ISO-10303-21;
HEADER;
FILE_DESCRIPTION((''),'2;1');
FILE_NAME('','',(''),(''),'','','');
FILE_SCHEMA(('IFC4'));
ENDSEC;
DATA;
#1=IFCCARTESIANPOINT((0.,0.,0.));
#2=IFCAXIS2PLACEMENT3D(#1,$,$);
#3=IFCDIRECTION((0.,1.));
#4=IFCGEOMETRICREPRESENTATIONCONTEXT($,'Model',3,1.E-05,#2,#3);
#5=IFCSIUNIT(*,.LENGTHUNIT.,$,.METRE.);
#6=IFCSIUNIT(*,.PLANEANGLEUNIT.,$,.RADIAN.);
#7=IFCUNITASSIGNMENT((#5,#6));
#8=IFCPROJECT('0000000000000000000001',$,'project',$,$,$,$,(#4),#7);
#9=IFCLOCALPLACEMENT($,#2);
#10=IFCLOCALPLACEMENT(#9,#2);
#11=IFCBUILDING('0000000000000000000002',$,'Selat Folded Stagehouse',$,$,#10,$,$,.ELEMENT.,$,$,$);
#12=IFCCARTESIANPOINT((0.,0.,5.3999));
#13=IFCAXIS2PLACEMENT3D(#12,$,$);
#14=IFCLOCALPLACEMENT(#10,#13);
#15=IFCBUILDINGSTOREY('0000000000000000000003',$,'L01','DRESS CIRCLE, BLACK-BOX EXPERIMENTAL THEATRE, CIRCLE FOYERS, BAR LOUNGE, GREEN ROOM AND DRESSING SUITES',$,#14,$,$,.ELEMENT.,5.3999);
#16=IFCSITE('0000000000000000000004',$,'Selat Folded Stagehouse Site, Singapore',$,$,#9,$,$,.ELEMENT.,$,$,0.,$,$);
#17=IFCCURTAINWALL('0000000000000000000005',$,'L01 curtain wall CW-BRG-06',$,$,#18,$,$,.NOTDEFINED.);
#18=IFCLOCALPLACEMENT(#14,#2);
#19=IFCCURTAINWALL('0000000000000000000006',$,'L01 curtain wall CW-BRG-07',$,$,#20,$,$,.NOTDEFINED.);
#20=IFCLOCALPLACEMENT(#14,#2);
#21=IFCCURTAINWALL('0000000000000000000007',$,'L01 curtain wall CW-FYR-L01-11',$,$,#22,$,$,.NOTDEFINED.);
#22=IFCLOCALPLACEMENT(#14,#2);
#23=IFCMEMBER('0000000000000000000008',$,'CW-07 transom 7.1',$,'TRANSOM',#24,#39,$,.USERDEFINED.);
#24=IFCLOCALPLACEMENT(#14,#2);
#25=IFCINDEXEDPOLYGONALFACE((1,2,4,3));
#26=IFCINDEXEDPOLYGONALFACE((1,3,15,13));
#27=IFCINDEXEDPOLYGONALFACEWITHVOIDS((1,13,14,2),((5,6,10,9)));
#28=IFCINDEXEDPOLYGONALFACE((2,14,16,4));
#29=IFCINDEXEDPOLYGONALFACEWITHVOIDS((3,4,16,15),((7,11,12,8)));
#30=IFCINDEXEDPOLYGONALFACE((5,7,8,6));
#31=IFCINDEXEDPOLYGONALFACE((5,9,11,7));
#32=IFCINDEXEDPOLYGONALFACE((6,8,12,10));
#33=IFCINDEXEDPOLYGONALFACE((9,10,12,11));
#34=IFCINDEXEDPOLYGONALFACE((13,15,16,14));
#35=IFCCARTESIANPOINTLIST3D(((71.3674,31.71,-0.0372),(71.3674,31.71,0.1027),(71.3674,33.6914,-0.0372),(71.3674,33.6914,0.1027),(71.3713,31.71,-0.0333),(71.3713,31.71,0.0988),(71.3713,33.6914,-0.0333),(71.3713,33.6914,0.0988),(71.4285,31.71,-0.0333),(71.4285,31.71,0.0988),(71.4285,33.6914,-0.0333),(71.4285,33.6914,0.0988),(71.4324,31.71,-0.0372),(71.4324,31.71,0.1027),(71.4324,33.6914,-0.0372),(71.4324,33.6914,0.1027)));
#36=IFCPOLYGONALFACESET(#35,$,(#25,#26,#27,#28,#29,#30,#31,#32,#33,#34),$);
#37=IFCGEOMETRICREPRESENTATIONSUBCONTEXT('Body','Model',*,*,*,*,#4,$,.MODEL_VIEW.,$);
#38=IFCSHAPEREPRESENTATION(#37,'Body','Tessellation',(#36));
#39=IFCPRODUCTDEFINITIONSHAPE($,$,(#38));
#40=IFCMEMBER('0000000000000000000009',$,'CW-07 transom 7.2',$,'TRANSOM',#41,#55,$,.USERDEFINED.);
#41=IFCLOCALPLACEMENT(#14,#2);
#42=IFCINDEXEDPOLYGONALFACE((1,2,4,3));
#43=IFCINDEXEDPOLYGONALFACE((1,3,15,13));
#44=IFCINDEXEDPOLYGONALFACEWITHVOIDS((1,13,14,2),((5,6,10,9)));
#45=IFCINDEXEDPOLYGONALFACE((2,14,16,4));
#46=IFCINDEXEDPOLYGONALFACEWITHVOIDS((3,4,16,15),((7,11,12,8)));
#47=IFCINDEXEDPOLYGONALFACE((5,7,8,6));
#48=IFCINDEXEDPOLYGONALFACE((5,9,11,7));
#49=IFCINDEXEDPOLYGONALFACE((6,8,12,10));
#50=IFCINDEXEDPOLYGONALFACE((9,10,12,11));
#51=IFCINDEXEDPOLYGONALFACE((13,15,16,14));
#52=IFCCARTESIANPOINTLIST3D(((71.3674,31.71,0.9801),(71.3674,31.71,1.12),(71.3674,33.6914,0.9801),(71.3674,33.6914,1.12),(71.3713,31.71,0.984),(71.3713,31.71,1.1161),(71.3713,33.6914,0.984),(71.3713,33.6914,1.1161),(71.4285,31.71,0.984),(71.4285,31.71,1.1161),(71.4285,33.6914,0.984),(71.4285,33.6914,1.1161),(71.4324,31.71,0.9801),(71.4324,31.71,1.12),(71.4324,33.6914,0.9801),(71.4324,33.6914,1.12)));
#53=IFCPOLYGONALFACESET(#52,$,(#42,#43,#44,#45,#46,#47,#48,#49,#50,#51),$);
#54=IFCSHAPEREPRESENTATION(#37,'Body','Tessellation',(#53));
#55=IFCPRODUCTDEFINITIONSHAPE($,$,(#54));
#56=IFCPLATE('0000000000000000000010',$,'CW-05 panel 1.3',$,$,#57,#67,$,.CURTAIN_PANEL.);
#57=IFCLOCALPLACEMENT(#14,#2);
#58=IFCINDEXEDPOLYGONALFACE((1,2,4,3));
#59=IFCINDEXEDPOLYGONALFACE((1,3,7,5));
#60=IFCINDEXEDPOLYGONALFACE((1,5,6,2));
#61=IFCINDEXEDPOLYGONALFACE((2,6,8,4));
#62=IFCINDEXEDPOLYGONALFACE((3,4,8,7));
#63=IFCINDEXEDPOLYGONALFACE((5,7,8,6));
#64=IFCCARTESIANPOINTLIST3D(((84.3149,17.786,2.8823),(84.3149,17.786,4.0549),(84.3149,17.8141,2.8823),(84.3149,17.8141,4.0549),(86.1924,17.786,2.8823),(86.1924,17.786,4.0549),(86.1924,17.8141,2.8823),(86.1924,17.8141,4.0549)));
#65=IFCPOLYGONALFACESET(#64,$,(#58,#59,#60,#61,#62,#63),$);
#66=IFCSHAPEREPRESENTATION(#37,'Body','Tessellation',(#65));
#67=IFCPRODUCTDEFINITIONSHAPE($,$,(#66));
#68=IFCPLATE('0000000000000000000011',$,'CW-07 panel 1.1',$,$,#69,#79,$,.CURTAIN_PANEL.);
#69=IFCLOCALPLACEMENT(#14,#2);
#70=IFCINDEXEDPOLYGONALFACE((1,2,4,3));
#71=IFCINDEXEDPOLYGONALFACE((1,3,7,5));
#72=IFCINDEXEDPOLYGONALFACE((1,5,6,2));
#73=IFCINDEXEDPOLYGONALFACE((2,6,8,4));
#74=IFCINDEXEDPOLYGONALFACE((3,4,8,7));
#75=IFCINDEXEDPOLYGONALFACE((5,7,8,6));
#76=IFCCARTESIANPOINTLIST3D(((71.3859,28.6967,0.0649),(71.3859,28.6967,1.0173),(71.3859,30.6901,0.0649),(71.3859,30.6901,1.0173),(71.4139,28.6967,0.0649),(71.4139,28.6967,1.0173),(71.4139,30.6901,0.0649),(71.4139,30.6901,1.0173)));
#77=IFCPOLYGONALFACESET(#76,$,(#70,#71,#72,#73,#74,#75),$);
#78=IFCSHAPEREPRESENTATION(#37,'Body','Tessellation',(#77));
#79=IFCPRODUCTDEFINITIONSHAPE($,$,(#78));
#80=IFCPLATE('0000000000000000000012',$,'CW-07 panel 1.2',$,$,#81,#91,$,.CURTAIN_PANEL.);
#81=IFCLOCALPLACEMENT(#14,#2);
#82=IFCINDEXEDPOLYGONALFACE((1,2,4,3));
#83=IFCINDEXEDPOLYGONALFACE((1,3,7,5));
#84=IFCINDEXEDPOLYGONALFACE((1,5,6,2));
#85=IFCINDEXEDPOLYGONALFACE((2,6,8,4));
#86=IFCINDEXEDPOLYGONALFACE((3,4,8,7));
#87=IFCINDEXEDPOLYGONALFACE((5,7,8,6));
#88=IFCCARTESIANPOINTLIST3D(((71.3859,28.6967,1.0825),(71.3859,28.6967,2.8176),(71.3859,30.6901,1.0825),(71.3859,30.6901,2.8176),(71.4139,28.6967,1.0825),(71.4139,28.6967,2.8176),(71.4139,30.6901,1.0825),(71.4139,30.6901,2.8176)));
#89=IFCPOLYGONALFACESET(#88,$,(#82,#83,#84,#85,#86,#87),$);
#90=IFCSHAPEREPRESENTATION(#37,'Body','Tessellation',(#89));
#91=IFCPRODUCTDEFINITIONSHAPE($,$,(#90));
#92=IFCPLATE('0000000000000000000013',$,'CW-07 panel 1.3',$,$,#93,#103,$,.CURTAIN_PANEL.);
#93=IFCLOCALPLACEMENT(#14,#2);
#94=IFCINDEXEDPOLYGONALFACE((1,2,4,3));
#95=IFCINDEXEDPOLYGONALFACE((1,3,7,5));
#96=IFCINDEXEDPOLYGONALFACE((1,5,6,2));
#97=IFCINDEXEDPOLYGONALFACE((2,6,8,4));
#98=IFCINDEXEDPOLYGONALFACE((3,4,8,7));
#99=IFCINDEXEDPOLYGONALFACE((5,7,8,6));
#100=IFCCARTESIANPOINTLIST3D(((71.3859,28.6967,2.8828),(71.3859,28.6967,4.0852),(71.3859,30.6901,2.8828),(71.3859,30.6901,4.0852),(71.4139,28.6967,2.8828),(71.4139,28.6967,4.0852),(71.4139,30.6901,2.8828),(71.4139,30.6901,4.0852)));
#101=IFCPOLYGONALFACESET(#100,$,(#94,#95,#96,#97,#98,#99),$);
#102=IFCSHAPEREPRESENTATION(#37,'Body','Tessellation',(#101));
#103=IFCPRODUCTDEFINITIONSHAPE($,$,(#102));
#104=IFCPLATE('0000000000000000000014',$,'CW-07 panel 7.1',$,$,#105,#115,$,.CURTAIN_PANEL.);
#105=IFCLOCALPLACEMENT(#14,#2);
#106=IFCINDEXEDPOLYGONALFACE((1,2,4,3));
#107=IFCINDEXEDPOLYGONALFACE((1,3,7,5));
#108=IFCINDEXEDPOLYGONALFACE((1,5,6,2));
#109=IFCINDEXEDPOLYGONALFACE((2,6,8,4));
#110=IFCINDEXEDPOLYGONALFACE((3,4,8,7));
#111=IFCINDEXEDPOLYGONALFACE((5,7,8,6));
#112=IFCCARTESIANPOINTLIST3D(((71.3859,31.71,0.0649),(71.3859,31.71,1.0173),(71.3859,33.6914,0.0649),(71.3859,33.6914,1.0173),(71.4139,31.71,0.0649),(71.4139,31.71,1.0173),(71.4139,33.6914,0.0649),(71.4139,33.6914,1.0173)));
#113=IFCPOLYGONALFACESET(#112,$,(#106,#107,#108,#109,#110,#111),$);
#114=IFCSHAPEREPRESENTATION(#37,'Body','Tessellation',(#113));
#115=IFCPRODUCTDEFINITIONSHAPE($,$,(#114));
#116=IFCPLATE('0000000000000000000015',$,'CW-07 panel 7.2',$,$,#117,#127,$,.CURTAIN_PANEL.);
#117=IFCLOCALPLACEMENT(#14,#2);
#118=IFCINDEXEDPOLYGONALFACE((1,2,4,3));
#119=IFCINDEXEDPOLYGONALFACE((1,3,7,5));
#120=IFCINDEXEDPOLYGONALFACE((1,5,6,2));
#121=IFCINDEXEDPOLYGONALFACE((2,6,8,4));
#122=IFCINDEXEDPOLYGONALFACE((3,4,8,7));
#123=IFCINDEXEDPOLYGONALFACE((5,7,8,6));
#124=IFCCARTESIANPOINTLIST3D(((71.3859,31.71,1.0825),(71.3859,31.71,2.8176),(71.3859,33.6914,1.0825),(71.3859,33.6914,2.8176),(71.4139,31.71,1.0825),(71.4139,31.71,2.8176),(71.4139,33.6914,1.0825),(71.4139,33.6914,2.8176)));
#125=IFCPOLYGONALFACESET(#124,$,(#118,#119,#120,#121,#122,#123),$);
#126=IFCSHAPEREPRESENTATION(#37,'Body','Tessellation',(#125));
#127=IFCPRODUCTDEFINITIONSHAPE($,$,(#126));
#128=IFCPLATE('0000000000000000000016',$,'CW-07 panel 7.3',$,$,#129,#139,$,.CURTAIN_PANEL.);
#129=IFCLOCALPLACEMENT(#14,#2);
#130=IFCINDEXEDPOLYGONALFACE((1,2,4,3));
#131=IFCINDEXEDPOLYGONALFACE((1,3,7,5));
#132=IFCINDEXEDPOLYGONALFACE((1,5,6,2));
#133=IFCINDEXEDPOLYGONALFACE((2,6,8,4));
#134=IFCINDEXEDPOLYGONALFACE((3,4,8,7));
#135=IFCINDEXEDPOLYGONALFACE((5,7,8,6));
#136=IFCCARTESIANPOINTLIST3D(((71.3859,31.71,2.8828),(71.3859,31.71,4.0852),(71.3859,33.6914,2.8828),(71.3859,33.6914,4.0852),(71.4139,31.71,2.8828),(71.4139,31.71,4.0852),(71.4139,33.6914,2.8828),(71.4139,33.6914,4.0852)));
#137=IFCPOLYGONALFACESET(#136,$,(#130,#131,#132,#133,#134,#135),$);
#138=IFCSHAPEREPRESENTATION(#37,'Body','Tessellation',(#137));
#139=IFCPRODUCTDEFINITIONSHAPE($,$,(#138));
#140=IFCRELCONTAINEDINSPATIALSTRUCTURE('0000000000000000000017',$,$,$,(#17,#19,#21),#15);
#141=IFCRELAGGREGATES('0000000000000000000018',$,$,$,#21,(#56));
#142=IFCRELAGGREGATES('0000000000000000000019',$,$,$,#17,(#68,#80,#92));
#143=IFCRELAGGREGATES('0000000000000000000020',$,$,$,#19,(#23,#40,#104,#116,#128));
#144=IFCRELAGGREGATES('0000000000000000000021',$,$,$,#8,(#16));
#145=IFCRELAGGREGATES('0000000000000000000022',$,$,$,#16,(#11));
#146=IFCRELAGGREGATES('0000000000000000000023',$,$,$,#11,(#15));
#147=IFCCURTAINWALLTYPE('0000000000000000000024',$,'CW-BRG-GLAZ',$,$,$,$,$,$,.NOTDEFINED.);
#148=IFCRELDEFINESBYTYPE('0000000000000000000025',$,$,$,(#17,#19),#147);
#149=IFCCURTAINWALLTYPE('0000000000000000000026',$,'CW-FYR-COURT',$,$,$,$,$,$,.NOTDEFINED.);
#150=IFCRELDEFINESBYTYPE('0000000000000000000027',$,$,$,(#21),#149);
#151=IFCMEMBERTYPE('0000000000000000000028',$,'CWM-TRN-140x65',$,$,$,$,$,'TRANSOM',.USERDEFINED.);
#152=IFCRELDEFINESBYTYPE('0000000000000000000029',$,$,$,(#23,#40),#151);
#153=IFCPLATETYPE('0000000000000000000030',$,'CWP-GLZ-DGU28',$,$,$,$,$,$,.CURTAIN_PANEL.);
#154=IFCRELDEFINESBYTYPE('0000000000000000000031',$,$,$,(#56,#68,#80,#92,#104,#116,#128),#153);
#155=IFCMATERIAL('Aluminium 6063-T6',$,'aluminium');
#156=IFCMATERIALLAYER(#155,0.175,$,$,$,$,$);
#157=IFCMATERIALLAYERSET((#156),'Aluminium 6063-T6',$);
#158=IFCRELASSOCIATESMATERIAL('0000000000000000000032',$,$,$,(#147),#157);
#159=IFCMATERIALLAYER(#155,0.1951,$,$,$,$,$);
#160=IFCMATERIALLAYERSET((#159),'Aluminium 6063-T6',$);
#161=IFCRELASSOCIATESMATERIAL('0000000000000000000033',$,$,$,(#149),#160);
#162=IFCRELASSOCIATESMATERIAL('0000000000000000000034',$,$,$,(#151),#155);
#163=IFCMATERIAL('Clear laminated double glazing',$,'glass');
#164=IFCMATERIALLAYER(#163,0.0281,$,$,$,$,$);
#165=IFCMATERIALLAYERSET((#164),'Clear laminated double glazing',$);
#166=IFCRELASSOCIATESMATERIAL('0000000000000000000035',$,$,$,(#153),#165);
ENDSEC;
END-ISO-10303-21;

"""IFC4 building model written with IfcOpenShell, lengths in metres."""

from ifc_helpers import new_model, si_unit, direction, frame, origin, origin_2d, place, context, subcontext, project, spatial, rectangle, hollow_rectangle, extrude, material, layer, layer_set, material_profile, profile_set, type_object, element, aggregate, save


model = new_model("IFC4")

# Units and contexts
model_context = context("Model", 3, precision=1e-05, world=origin(), true_north=direction((0.0, 1.0)))
body_context = subcontext(model_context, "Body", "Model", "MODEL_VIEW")
ifc_project = project(units=[si_unit("LENGTHUNIT", "METRE"), si_unit("PLANEANGLEUNIT", "RADIAN")], contexts=[model_context])

# Site, building, storey
site_placement = place(None, origin())
site = spatial("IfcSite", under=ifc_project, at=site_placement, Name="Selat Folded Stagehouse Site, Singapore", CompositionType="ELEMENT", RefElevation=0.0)
building_placement = place(site_placement, origin())
building = spatial("IfcBuilding", under=site, at=building_placement, Name="Selat Folded Stagehouse", CompositionType="ELEMENT")
storey_placement = place(building_placement, frame((0.0, 0.0, 5.3999)))
storey = spatial("IfcBuildingStorey", under=building, at=storey_placement, Name="L01", Description="DRESS CIRCLE, BLACK-BOX EXPERIMENTAL THEATRE, CIRCLE FOYERS, BAR LOUNGE, GREEN ROOM AND DRESSING SUITES", CompositionType="ELEMENT", Elevation=5.3999)

# Curtain wall
ifc_material_1 = material(Name="Aluminium 6063-T6", Category="aluminium")
ifc_layer_1 = layer(ifc_material_1, 0.175)
ifc_layer_set_1 = layer_set([ifc_layer_1], Name="Aluminium 6063-T6")
curtain_wall_type_1 = type_object("IfcCurtainWallType", Name="CW-BRG-GLAZ", PredefinedType="NOTDEFINED", material=ifc_layer_set_1)
curtain_wall_1_placement = place(storey_placement, origin())
curtain_wall_1 = element("IfcCurtainWall", 1, at=curtain_wall_1_placement, inside=storey, type_object=curtain_wall_type_1, Name="L01 curtain wall CW-BRG-06", PredefinedType="NOTDEFINED")

# Curtain wall
curtain_wall_2_placement = place(storey_placement, origin())
curtain_wall_2 = element("IfcCurtainWall", 2, at=curtain_wall_2_placement, inside=storey, type_object=curtain_wall_type_1, Name="L01 curtain wall CW-BRG-07", PredefinedType="NOTDEFINED")

# Curtain wall
ifc_layer_2 = layer(ifc_material_1, 0.1951)
ifc_layer_set_2 = layer_set([ifc_layer_2], Name="Aluminium 6063-T6")
curtain_wall_type_2 = type_object("IfcCurtainWallType", Name="CW-FYR-COURT", PredefinedType="NOTDEFINED", material=ifc_layer_set_2)
curtain_wall_3_placement = place(storey_placement, origin())
curtain_wall_3 = element("IfcCurtainWall", 3, at=curtain_wall_3_placement, inside=storey, type_object=curtain_wall_type_2, Name="L01 curtain wall CW-FYR-L01-11", PredefinedType="NOTDEFINED")
ifc_material_profile_1 = material_profile(ifc_material_1, hollow_rectangle(XDim=0.0649, YDim=0.1399, WallThickness=0.0039, at=origin_2d()), Name="ALU 140x65x4.0")
ifc_profile_set_1 = profile_set([ifc_material_profile_1], Name="Aluminium 6063-T6")
member_type_1 = type_object("IfcMemberType", Name="CWM-TRN-140x65", ElementType="TRANSOM", PredefinedType="USERDEFINED", material=ifc_profile_set_1)

# Members
member_1_placement = place(storey_placement, frame((71.3999, 33.6914, 0.0327), z_axis=(0.0, -1.0, 0.0), x_axis=(1.0, 0.0, 0.0)))
member_1 = element("IfcMember", 4, at=member_1_placement, type_object=member_type_1, Name="CW-07 transom 7.1", ObjectType="TRANSOM", PredefinedType="USERDEFINED", context=body_context, shape_type="SweptSolid", body=[
    extrude(hollow_rectangle(XDim=0.0649, YDim=0.1399, WallThickness=0.0039, at=origin_2d()), origin(), (0.0, 0.0, 1.0), 1.9814),
])
member_2_placement = place(storey_placement, frame((71.3999, 33.6914, 1.05), z_axis=(0.0, -1.0, 0.0), x_axis=(1.0, 0.0, 0.0)))
member_2 = element("IfcMember", 5, at=member_2_placement, type_object=member_type_1, Name="CW-07 transom 7.2", ObjectType="TRANSOM", PredefinedType="USERDEFINED", context=body_context, shape_type="SweptSolid", body=[
    extrude(hollow_rectangle(XDim=0.0649, YDim=0.1399, WallThickness=0.0039, at=origin_2d()), origin(), (0.0, 0.0, 1.0), 1.9814),
])

# Plates
ifc_material_2 = material(Name="Clear laminated double glazing", Category="glass")
ifc_layer_3 = layer(ifc_material_2, 0.0281)
ifc_layer_set_3 = layer_set([ifc_layer_3], Name="Clear laminated double glazing")
plate_type = type_object("IfcPlateType", Name="CWP-GLZ-DGU28", PredefinedType="CURTAIN_PANEL", material=ifc_layer_set_3)
plate_1_placement = place(storey_placement, frame((85.2537, 17.8, 2.8823), z_axis=(0.0, 0.0, 1.0), x_axis=(1.0, 0.0, 0.0)))
plate_1 = element("IfcPlate", 6, at=plate_1_placement, type_object=plate_type, Name="CW-05 panel 1.3", PredefinedType="CURTAIN_PANEL", context=body_context, shape_type="SweptSolid", body=[
    extrude(rectangle(XDim=1.8774, YDim=0.0281, at=origin_2d()), origin(), (0.0, 0.0, 1.0), 1.1726),
])
aggregate(curtain_wall_3, [plate_1])
plate_2_placement = place(storey_placement, frame((71.3999, 29.6934, 0.0649), z_axis=(0.0, 0.0, 1.0), x_axis=(0.0, -1.0, 0.0)))
plate_2 = element("IfcPlate", 7, at=plate_2_placement, type_object=plate_type, Name="CW-07 panel 1.1", PredefinedType="CURTAIN_PANEL", context=body_context, shape_type="SweptSolid", body=[
    extrude(rectangle(XDim=1.9934, YDim=0.0281, at=origin_2d()), origin(), (0.0, 0.0, 1.0), 0.9524),
])
plate_3_placement = place(storey_placement, frame((71.3999, 29.6934, 1.0825), z_axis=(0.0, 0.0, 1.0), x_axis=(0.0, -1.0, 0.0)))
plate_3 = element("IfcPlate", 8, at=plate_3_placement, type_object=plate_type, Name="CW-07 panel 1.2", PredefinedType="CURTAIN_PANEL", context=body_context, shape_type="SweptSolid", body=[
    extrude(rectangle(XDim=1.9934, YDim=0.0281, at=origin_2d()), origin(), (0.0, 0.0, 1.0), 1.7351),
])
plate_4_placement = place(storey_placement, frame((71.3999, 29.6934, 2.8828), z_axis=(0.0, 0.0, 1.0), x_axis=(0.0, -1.0, 0.0)))
plate_4 = element("IfcPlate", 9, at=plate_4_placement, type_object=plate_type, Name="CW-07 panel 1.3", PredefinedType="CURTAIN_PANEL", context=body_context, shape_type="SweptSolid", body=[
    extrude(rectangle(XDim=1.9934, YDim=0.0281, at=origin_2d()), origin(), (0.0, 0.0, 1.0), 1.2024),
])
aggregate(curtain_wall_1, [plate_2, plate_3, plate_4])
plate_5_placement = place(storey_placement, frame((71.3999, 32.7007, 0.0649), z_axis=(0.0, 0.0, 1.0), x_axis=(0.0, -1.0, 0.0)))
plate_5 = element("IfcPlate", 10, at=plate_5_placement, type_object=plate_type, Name="CW-07 panel 7.1", PredefinedType="CURTAIN_PANEL", context=body_context, shape_type="SweptSolid", body=[
    extrude(rectangle(XDim=1.9814, YDim=0.0281, at=origin_2d()), origin(), (0.0, 0.0, 1.0), 0.9524),
])
plate_6_placement = place(storey_placement, frame((71.3999, 32.7007, 1.0825), z_axis=(0.0, 0.0, 1.0), x_axis=(0.0, -1.0, 0.0)))
plate_6 = element("IfcPlate", 11, at=plate_6_placement, type_object=plate_type, Name="CW-07 panel 7.2", PredefinedType="CURTAIN_PANEL", context=body_context, shape_type="SweptSolid", body=[
    extrude(rectangle(XDim=1.9814, YDim=0.0281, at=origin_2d()), origin(), (0.0, 0.0, 1.0), 1.7351),
])
plate_7_placement = place(storey_placement, frame((71.3999, 32.7007, 2.8828), z_axis=(0.0, 0.0, 1.0), x_axis=(0.0, -1.0, 0.0)))
plate_7 = element("IfcPlate", 12, at=plate_7_placement, type_object=plate_type, Name="CW-07 panel 7.3", PredefinedType="CURTAIN_PANEL", context=body_context, shape_type="SweptSolid", body=[
    extrude(rectangle(XDim=1.9814, YDim=0.0281, at=origin_2d()), origin(), (0.0, 0.0, 1.0), 1.2024),
])
aggregate(curtain_wall_2, [member_1, member_2, plate_5, plate_6, plate_7])

save(model, "model.ifc")
